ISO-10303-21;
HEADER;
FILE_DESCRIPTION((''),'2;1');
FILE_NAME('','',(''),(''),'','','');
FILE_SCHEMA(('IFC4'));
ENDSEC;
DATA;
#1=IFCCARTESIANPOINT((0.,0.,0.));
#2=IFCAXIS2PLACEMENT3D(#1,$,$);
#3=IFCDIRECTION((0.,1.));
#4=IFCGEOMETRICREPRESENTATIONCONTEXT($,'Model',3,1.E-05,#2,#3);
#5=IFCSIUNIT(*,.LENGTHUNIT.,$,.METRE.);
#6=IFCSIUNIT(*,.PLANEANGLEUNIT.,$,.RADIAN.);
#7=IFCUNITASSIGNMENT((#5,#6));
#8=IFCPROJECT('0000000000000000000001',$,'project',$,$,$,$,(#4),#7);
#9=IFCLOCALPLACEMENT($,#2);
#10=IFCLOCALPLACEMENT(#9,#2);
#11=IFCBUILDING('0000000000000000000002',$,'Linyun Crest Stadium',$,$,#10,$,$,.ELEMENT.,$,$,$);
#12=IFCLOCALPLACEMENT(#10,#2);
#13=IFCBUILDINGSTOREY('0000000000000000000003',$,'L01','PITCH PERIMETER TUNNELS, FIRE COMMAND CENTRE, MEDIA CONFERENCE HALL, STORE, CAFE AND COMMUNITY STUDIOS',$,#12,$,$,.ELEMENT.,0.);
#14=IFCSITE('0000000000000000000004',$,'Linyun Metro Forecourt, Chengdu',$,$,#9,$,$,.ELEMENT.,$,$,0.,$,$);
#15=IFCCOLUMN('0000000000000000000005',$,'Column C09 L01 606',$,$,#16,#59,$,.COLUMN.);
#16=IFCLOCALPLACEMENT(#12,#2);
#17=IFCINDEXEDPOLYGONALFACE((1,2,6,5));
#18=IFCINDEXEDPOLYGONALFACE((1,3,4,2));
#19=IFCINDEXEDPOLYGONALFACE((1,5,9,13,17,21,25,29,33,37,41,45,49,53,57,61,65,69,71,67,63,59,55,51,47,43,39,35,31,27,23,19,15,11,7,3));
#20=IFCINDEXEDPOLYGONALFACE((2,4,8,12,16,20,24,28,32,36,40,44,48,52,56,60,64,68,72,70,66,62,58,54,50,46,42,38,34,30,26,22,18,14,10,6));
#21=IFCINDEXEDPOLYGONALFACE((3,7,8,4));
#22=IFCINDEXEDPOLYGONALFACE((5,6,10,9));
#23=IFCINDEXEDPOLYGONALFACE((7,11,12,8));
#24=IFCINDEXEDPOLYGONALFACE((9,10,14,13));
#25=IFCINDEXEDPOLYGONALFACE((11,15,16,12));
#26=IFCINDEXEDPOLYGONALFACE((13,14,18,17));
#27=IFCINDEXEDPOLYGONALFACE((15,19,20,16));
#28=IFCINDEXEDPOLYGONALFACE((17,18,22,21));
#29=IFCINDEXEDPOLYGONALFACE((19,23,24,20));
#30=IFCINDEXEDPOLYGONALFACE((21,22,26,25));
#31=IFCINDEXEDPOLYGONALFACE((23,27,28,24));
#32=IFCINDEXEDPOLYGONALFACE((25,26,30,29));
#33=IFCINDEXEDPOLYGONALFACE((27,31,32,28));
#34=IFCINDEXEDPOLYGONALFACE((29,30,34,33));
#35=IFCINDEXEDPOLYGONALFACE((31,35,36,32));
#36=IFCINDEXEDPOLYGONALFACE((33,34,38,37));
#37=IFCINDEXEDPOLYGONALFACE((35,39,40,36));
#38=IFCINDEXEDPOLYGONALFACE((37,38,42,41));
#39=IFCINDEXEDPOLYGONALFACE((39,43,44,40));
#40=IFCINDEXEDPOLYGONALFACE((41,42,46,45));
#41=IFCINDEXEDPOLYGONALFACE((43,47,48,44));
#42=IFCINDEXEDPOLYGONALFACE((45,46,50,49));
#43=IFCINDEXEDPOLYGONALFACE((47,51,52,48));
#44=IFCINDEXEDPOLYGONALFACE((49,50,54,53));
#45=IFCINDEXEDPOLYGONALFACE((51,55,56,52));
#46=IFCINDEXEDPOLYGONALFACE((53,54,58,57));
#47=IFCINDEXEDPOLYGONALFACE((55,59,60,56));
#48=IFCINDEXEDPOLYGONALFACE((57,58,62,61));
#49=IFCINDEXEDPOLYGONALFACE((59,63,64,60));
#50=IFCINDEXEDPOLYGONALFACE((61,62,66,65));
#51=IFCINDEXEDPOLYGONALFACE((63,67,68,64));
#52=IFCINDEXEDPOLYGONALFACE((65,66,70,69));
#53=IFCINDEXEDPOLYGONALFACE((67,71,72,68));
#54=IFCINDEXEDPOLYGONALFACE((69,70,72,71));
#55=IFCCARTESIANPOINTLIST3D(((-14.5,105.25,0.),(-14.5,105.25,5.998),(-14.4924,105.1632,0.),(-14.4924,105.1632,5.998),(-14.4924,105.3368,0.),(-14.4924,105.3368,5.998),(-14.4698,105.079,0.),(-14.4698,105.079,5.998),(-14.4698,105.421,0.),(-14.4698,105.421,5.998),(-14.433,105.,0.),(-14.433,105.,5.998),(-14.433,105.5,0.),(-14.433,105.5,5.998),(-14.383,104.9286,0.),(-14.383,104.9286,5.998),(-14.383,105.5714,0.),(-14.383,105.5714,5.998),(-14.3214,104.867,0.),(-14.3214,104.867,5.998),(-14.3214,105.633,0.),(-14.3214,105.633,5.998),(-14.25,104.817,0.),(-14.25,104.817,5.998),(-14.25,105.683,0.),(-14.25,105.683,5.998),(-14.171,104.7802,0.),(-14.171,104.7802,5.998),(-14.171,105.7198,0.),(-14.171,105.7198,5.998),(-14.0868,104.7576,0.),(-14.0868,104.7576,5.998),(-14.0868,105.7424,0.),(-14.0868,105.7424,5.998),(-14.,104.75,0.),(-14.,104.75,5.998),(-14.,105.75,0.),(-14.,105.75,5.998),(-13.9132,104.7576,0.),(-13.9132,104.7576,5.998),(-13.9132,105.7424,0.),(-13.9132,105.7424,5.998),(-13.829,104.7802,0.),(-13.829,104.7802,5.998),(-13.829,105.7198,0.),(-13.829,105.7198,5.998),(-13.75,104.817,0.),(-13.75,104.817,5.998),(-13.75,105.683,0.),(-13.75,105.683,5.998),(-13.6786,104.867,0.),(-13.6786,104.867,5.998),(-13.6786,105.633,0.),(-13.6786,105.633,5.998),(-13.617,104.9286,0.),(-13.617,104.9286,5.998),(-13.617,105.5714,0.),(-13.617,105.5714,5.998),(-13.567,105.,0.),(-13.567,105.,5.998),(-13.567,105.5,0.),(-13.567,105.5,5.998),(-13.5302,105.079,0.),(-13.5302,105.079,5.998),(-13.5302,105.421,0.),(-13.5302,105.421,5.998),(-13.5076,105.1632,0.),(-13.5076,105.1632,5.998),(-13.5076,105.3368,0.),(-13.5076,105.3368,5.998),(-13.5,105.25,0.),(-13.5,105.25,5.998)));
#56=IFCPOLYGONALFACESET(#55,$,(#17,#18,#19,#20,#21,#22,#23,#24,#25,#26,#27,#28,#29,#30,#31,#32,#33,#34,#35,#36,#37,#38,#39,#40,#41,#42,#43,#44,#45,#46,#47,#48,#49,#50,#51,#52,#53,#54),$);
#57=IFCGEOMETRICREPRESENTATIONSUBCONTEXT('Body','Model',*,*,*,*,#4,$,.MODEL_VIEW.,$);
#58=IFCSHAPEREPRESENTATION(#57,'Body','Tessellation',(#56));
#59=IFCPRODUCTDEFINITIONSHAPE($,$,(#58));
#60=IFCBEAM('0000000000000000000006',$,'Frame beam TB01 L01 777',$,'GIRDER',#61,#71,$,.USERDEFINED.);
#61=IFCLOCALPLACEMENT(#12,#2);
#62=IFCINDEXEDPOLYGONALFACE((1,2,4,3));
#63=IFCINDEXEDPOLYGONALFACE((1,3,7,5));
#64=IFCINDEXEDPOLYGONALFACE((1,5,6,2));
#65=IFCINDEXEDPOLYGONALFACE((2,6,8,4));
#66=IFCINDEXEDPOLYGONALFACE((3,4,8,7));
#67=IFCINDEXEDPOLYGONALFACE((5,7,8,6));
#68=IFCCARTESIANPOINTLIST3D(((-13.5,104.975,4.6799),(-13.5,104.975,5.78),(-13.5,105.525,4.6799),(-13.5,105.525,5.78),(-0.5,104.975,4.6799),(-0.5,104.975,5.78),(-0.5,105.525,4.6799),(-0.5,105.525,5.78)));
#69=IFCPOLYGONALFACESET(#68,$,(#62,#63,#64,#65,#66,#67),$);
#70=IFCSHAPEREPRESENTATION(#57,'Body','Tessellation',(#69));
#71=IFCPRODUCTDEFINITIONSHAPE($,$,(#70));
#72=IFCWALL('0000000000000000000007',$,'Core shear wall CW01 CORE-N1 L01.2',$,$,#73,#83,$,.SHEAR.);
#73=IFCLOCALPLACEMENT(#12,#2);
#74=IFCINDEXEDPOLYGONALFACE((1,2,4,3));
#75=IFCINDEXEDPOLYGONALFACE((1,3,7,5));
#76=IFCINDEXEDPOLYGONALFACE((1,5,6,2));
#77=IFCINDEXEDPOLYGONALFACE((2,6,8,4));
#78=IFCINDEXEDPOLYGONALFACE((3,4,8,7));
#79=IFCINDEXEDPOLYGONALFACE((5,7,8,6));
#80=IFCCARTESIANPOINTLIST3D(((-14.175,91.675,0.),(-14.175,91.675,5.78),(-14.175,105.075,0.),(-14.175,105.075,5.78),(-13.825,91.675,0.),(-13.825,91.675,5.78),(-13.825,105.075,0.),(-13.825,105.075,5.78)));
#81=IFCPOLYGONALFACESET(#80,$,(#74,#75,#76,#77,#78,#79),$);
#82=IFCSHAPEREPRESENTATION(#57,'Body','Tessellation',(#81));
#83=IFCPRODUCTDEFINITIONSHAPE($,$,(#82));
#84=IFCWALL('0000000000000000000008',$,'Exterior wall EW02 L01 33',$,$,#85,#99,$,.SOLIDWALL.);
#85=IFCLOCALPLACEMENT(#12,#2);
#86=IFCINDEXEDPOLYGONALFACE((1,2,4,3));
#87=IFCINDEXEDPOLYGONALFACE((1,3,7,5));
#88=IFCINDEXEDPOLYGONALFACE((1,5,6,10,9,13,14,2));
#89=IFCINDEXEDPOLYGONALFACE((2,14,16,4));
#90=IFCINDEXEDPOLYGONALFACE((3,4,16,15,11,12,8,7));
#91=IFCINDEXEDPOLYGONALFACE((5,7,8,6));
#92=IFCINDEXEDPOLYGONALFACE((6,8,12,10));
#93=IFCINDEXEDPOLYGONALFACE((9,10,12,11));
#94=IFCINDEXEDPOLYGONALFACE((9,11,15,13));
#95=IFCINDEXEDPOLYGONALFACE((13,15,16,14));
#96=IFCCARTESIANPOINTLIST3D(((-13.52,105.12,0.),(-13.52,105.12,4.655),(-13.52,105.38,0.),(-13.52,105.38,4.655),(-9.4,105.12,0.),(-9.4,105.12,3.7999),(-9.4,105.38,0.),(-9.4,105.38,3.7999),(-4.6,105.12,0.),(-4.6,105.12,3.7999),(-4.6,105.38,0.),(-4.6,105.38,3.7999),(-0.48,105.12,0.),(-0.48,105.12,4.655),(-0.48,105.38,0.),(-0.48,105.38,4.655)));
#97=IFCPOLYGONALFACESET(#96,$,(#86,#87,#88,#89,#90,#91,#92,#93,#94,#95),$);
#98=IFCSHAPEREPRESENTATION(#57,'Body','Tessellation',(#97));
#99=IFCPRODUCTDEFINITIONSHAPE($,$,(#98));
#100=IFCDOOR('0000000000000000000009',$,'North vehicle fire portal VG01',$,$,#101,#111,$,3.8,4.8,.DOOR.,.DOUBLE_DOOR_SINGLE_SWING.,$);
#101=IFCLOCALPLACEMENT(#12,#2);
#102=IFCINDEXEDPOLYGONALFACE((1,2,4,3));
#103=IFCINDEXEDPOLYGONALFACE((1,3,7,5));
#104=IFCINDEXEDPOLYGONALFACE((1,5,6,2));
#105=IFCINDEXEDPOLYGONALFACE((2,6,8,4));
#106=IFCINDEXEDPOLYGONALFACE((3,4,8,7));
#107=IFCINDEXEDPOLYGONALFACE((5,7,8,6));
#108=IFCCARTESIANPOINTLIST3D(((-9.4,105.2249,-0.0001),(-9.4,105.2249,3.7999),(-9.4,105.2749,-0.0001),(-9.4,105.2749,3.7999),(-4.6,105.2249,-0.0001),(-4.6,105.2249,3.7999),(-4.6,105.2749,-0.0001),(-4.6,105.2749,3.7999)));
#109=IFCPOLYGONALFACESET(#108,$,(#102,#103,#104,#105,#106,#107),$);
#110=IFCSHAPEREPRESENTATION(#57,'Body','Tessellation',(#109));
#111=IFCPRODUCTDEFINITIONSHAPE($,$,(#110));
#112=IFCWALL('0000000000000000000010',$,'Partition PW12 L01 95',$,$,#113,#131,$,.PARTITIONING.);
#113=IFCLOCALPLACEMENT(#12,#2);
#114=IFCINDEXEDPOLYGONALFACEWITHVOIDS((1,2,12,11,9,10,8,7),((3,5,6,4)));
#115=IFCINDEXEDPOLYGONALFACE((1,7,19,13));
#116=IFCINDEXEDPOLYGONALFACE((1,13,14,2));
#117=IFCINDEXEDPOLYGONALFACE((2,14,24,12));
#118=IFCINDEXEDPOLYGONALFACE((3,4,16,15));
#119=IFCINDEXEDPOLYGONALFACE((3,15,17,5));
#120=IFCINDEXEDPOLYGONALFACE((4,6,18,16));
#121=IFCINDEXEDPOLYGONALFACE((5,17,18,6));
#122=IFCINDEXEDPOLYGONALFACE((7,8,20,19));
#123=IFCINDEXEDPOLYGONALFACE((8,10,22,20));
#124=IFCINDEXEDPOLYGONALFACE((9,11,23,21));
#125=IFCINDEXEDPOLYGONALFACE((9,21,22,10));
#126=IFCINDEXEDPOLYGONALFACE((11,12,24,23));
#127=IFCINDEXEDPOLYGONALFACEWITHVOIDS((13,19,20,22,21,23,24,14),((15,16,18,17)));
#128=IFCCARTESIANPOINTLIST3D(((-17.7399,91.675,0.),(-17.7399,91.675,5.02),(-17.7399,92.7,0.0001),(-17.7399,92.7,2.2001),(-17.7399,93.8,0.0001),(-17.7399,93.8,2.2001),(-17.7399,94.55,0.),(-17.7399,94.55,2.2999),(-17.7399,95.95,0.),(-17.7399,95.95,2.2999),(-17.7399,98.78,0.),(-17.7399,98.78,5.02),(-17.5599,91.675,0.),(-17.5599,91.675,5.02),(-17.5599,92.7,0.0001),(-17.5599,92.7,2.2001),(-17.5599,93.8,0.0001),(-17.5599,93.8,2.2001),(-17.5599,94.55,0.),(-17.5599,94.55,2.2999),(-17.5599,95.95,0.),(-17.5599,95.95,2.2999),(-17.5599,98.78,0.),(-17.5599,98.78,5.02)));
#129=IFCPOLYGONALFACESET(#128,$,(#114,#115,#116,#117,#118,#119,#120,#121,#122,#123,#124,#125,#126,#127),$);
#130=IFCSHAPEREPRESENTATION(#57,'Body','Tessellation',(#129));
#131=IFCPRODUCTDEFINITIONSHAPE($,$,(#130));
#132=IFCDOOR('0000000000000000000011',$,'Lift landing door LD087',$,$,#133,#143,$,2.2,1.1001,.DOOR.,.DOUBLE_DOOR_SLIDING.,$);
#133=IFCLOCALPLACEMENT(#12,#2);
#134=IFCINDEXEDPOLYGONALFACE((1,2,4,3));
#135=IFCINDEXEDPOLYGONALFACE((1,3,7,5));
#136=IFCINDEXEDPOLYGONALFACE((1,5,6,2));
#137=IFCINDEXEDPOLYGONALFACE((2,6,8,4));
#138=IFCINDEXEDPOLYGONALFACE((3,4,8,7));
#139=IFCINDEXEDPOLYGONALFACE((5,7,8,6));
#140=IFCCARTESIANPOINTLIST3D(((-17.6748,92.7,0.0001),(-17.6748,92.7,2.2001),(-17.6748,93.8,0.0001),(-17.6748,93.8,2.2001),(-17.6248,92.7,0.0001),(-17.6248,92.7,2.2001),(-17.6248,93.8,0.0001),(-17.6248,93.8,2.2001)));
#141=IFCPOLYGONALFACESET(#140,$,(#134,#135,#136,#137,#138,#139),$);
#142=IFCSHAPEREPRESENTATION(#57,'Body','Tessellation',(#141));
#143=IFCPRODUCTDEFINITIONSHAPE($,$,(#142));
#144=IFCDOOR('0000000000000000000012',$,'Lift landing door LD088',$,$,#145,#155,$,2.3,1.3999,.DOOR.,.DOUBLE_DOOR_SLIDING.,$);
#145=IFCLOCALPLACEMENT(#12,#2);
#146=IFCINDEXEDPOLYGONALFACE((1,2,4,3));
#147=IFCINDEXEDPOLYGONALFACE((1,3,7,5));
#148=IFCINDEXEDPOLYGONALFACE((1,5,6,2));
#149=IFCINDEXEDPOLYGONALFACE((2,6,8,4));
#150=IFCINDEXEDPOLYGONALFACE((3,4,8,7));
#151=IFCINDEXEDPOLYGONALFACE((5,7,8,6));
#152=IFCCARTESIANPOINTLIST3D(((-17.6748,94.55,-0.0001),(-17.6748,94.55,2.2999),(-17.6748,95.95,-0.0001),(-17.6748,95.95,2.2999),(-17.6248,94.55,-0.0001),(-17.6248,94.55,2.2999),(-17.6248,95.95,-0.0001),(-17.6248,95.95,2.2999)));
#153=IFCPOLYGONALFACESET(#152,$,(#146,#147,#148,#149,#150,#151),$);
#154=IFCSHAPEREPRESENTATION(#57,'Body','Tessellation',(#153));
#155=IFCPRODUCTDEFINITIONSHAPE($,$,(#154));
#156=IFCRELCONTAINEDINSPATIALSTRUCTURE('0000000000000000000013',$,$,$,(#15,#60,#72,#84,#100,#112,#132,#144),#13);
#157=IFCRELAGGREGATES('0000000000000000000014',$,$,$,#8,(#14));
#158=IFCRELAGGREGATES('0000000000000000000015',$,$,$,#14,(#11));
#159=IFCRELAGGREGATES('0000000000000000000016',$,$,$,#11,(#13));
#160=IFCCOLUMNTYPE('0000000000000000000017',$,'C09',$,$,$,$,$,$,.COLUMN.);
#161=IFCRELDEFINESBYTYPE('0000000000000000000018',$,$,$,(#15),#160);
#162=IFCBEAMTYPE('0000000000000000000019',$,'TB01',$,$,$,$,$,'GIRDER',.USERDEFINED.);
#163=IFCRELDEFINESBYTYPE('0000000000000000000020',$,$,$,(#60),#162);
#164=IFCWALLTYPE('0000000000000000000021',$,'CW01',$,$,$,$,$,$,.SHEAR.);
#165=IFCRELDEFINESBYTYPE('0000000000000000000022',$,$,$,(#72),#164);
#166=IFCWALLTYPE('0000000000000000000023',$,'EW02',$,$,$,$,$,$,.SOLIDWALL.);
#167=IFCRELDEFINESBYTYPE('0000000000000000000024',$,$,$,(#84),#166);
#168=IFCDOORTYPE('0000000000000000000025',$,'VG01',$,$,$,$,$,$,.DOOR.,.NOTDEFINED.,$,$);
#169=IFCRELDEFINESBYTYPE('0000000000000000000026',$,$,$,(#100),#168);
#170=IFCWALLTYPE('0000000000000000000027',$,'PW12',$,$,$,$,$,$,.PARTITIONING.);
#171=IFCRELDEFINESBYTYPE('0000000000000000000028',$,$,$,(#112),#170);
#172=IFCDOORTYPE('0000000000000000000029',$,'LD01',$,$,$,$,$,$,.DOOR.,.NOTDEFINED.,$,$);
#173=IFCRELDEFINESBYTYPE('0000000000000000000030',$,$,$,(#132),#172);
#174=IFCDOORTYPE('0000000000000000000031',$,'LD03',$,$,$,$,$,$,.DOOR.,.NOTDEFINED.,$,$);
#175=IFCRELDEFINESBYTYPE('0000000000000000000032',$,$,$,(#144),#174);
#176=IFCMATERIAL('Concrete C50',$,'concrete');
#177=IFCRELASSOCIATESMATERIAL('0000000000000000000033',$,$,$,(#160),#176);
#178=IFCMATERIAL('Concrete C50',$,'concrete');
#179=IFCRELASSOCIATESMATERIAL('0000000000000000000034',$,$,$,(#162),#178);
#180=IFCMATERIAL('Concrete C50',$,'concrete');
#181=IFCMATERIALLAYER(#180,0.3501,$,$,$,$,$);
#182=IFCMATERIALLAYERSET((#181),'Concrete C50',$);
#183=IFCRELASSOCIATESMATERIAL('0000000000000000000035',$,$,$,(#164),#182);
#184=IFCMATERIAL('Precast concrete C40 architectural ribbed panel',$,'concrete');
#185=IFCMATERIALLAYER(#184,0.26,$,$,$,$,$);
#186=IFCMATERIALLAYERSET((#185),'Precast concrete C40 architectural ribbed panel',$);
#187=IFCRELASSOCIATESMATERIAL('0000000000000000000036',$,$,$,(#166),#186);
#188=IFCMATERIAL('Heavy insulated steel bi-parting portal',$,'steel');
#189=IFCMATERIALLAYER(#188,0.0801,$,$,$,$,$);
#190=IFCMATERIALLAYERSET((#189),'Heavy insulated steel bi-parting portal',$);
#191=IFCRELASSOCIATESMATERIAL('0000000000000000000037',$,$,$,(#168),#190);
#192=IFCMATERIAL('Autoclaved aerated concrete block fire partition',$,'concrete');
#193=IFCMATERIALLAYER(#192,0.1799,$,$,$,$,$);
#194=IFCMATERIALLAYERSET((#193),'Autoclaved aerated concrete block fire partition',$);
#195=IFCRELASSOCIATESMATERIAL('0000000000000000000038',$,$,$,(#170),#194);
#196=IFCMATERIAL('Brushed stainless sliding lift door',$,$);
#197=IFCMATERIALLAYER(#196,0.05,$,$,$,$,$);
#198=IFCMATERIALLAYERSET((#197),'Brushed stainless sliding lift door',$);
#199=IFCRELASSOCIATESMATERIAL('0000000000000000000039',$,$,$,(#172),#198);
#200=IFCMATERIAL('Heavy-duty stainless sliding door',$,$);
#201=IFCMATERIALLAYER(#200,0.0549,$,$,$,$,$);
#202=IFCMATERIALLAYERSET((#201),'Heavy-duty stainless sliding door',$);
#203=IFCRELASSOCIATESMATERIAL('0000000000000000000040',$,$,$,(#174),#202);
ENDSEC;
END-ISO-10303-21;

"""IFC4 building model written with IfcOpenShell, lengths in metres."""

from ifc_helpers import new_model, si_unit, direction, frame, frame_2d, origin, origin_2d, place, context, subcontext, project, spatial, rectangle, circle, extrude, material, layer, layer_set, material_profile, profile_set, type_object, element, fill, save


model = new_model("IFC4")

# Units and contexts
model_context = context("Model", 3, precision=1e-05, world=origin(), true_north=direction((0.0, 1.0)))
body_context = subcontext(model_context, "Body", "Model", "MODEL_VIEW")
ifc_project = project(units=[si_unit("LENGTHUNIT", "METRE"), si_unit("PLANEANGLEUNIT", "RADIAN")], contexts=[model_context])

# Site, building, storey
site_placement = place(None, origin())
site = spatial("IfcSite", under=ifc_project, at=site_placement, Name="Linyun Metro Forecourt, Chengdu", CompositionType="ELEMENT", RefElevation=0.0)
building_placement = place(site_placement, origin())
building = spatial("IfcBuilding", under=site, at=building_placement, Name="Linyun Crest Stadium", CompositionType="ELEMENT")
storey_placement = place(building_placement, origin())
storey = spatial("IfcBuildingStorey", under=building, at=storey_placement, Name="L01", Description="PITCH PERIMETER TUNNELS, FIRE COMMAND CENTRE, MEDIA CONFERENCE HALL, STORE, CAFE AND COMMUNITY STUDIOS", CompositionType="ELEMENT", Elevation=0.0)

# Column
ifc_material_1 = material(Name="Concrete C50", Category="concrete")
ifc_material_profile_1 = material_profile(ifc_material_1, circle(Radius=0.5, at=origin_2d()), Name="RC D1000")
ifc_profile_set_1 = profile_set([ifc_material_profile_1], Name="Concrete C50")
column_type = type_object("IfcColumnType", Name="C09", PredefinedType="COLUMN", material=ifc_profile_set_1)
column_placement = place(storey_placement, frame((-14.0, 105.25, 0.0), z_axis=(0.0, 0.0, 1.0), x_axis=(1.0, 0.0, 0.0)))
element("IfcColumn", 1, at=column_placement, inside=storey, type_object=column_type, Name="Column C09 L01 606", PredefinedType="COLUMN", context=body_context, shape_type="SweptSolid", body=[
    extrude(circle(Radius=0.5, at=origin_2d()), origin(), (0.0, 0.0, 1.0), 5.998),
])

# Beam
ifc_material_2 = material(Name="Concrete C50", Category="concrete")
ifc_material_profile_2 = material_profile(ifc_material_2, rectangle(XDim=0.55, YDim=1.1001, at=origin_2d()), Name="RCB 1100x550")
ifc_profile_set_2 = profile_set([ifc_material_profile_2], Name="Concrete C50")
beam_type = type_object("IfcBeamType", Name="TB01", ElementType="GIRDER", PredefinedType="USERDEFINED", material=ifc_profile_set_2)
beam_placement = place(storey_placement, frame((-13.5, 105.25, 5.23), z_axis=(1.0, 0.0, 0.0), x_axis=(0.0, 1.0, 0.0)))
element("IfcBeam", 2, at=beam_placement, inside=storey, type_object=beam_type, Name="Frame beam TB01 L01 777", ObjectType="GIRDER", PredefinedType="USERDEFINED", context=body_context, shape_type="SweptSolid", body=[
    extrude(rectangle(XDim=0.55, YDim=1.1001, at=origin_2d()), origin(), (0.0, 0.0, 1.0), 13.0),
])

# Wall
ifc_material_3 = material(Name="Concrete C50", Category="concrete")
ifc_layer_1 = layer(ifc_material_3, 0.3501)
ifc_layer_set_1 = layer_set([ifc_layer_1], Name="Concrete C50")
wall_type_1 = type_object("IfcWallType", Name="CW01", PredefinedType="SHEAR", material=ifc_layer_set_1)
wall_1_placement = place(storey_placement, frame((-14.0, 91.675, 0.0), z_axis=(0.0, 0.0, 1.0), x_axis=(0.0, 1.0, 0.0)))
element("IfcWall", 3, at=wall_1_placement, inside=storey, type_object=wall_type_1, Name="Core shear wall CW01 CORE-N1 L01.2", PredefinedType="SHEAR", context=body_context, shape_type="SweptSolid", body=[
    extrude(rectangle(XDim=13.3999, YDim=0.3501, at=frame_2d((6.7, 0.0))), origin(), (0.0, 0.0, 1.0), 5.78),
])

# Wall, opening, door
ifc_material_4 = material(Name="Precast concrete C40 architectural ribbed panel", Category="concrete")
ifc_layer_2 = layer(ifc_material_4, 0.26)
ifc_layer_set_2 = layer_set([ifc_layer_2], Name="Precast concrete C40 architectural ribbed panel")
wall_type_2 = type_object("IfcWallType", Name="EW02", PredefinedType="SOLIDWALL", material=ifc_layer_set_2)
wall_2_placement = place(storey_placement, frame((-13.52, 105.25, 0.0), z_axis=(0.0, 0.0, 1.0), x_axis=(1.0, 0.0, 0.0)))
wall_2 = element("IfcWall", 4, at=wall_2_placement, inside=storey, type_object=wall_type_2, Name="Exterior wall EW02 L01 33", PredefinedType="SOLIDWALL", context=body_context, shape_type="SweptSolid", body=[
    extrude(rectangle(XDim=13.04, YDim=0.26, at=frame_2d((6.52, 0.0))), origin(), (0.0, 0.0, 1.0), 4.655),
])
opening_1_placement = place(wall_2_placement, frame((4.1201, 0.0, 0.0)))
opening_1 = element("IfcOpeningElement", 5, at=opening_1_placement, cuts=wall_2, PredefinedType="OPENING", context=body_context, shape_type="SweptSolid", body=[
    extrude(rectangle(XDim=4.8, YDim=3.8, at=frame_2d((2.3999, 1.8999))), frame((0.0, 0.1399, 0.0), z_axis=(0.0, -1.0, 0.0), x_axis=(1.0, 0.0, 0.0)), (0.0, 0.0, 1.0), 0.28),
])
ifc_material_5 = material(Name="Heavy insulated steel bi-parting portal", Category="steel")
ifc_layer_3 = layer(ifc_material_5, 0.0801)
ifc_layer_set_3 = layer_set([ifc_layer_3], Name="Heavy insulated steel bi-parting portal")
door_type_1 = type_object("IfcDoorType", Name="VG01", OperationType="NOTDEFINED", PredefinedType="DOOR", material=ifc_layer_set_3)
door_1_placement = place(opening_1_placement, origin())
door_1 = element("IfcDoor", 6, at=door_1_placement, inside=storey, type_object=door_type_1, Name="North vehicle fire portal VG01", OperationType="DOUBLE_DOOR_SINGLE_SWING", OverallHeight=3.8, OverallWidth=4.8, PredefinedType="DOOR", context=body_context, shape_type="SweptSolid", body=[
    extrude(rectangle(XDim=4.8, YDim=3.8, at=frame_2d((2.3999, 1.8999))), frame((0.0, 0.0249, 0.0), z_axis=(0.0, -1.0, 0.0), x_axis=(1.0, 0.0, 0.0)), (0.0, 0.0, 1.0), 0.05),
])
fill(opening_1, door_1)

# Wall, openings, doors
ifc_material_6 = material(Name="Autoclaved aerated concrete block fire partition", Category="concrete")
ifc_layer_4 = layer(ifc_material_6, 0.1799)
ifc_layer_set_4 = layer_set([ifc_layer_4], Name="Autoclaved aerated concrete block fire partition")
wall_type_3 = type_object("IfcWallType", Name="PW12", PredefinedType="PARTITIONING", material=ifc_layer_set_4)
wall_3_placement = place(storey_placement, frame((-17.6499, 91.675, 0.0), z_axis=(0.0, 0.0, 1.0), x_axis=(0.0, 1.0, 0.0)))
wall_3 = element("IfcWall", 7, at=wall_3_placement, inside=storey, type_object=wall_type_3, Name="Partition PW12 L01 95", PredefinedType="PARTITIONING", context=body_context, shape_type="SweptSolid", body=[
    extrude(rectangle(XDim=7.105, YDim=0.1799, at=frame_2d((3.5525, 0.0))), origin(), (0.0, 0.0, 1.0), 5.02),
])
opening_2_placement = place(wall_3_placement, frame((1.0249, 0.0, 0.0)))
opening_2 = element("IfcOpeningElement", 8, at=opening_2_placement, cuts=wall_3, PredefinedType="OPENING", context=body_context, shape_type="SweptSolid", body=[
    extrude(rectangle(XDim=1.1001, YDim=2.2, at=frame_2d((0.55, 1.1001))), frame((0.0, 0.0999, 0.0), z_axis=(0.0, -1.0, 0.0), x_axis=(1.0, 0.0, 0.0)), (0.0, 0.0, 1.0), 0.2),
])
opening_3_placement = place(wall_3_placement, frame((2.875, 0.0, 0.0)))
opening_3 = element("IfcOpeningElement", 9, at=opening_3_placement, cuts=wall_3, PredefinedType="OPENING", context=body_context, shape_type="SweptSolid", body=[
    extrude(rectangle(XDim=1.3999, YDim=2.3, at=frame_2d((0.7, 1.1499))), frame((0.0, 0.0999, 0.0), z_axis=(0.0, -1.0, 0.0), x_axis=(1.0, 0.0, 0.0)), (0.0, 0.0, 1.0), 0.2),
])
ifc_material_7 = material(Name="Brushed stainless sliding lift door")
ifc_layer_5 = layer(ifc_material_7, 0.05)
ifc_layer_set_5 = layer_set([ifc_layer_5], Name="Brushed stainless sliding lift door")
door_type_2 = type_object("IfcDoorType", Name="LD01", OperationType="NOTDEFINED", PredefinedType="DOOR", material=ifc_layer_set_5)
door_2_placement = place(opening_2_placement, origin())
door_2 = element("IfcDoor", 10, at=door_2_placement, inside=storey, type_object=door_type_2, Name="Lift landing door LD087", OperationType="DOUBLE_DOOR_SLIDING", OverallHeight=2.2, OverallWidth=1.1001, PredefinedType="DOOR", context=body_context, shape_type="SweptSolid", body=[
    extrude(rectangle(XDim=1.1001, YDim=2.2, at=frame_2d((0.55, 1.1001))), frame((0.0, 0.0249, 0.0), z_axis=(0.0, -1.0, 0.0), x_axis=(1.0, 0.0, 0.0)), (0.0, 0.0, 1.0), 0.05),
])
fill(opening_2, door_2)
ifc_material_8 = material(Name="Heavy-duty stainless sliding door")
ifc_layer_6 = layer(ifc_material_8, 0.0549)
ifc_layer_set_6 = layer_set([ifc_layer_6], Name="Heavy-duty stainless sliding door")
door_type_3 = type_object("IfcDoorType", Name="LD03", OperationType="NOTDEFINED", PredefinedType="DOOR", material=ifc_layer_set_6)
door_3_placement = place(opening_3_placement, origin())
door_3 = element("IfcDoor", 11, at=door_3_placement, inside=storey, type_object=door_type_3, Name="Lift landing door LD088", OperationType="DOUBLE_DOOR_SLIDING", OverallHeight=2.3, OverallWidth=1.3999, PredefinedType="DOOR", context=body_context, shape_type="SweptSolid", body=[
    extrude(rectangle(XDim=1.3999, YDim=2.3, at=frame_2d((0.7, 1.1499))), frame((0.0, 0.0249, 0.0), z_axis=(0.0, -1.0, 0.0), x_axis=(1.0, 0.0, 0.0)), (0.0, 0.0, 1.0), 0.05),
])
fill(opening_3, door_3)

save(model, "model.ifc")
